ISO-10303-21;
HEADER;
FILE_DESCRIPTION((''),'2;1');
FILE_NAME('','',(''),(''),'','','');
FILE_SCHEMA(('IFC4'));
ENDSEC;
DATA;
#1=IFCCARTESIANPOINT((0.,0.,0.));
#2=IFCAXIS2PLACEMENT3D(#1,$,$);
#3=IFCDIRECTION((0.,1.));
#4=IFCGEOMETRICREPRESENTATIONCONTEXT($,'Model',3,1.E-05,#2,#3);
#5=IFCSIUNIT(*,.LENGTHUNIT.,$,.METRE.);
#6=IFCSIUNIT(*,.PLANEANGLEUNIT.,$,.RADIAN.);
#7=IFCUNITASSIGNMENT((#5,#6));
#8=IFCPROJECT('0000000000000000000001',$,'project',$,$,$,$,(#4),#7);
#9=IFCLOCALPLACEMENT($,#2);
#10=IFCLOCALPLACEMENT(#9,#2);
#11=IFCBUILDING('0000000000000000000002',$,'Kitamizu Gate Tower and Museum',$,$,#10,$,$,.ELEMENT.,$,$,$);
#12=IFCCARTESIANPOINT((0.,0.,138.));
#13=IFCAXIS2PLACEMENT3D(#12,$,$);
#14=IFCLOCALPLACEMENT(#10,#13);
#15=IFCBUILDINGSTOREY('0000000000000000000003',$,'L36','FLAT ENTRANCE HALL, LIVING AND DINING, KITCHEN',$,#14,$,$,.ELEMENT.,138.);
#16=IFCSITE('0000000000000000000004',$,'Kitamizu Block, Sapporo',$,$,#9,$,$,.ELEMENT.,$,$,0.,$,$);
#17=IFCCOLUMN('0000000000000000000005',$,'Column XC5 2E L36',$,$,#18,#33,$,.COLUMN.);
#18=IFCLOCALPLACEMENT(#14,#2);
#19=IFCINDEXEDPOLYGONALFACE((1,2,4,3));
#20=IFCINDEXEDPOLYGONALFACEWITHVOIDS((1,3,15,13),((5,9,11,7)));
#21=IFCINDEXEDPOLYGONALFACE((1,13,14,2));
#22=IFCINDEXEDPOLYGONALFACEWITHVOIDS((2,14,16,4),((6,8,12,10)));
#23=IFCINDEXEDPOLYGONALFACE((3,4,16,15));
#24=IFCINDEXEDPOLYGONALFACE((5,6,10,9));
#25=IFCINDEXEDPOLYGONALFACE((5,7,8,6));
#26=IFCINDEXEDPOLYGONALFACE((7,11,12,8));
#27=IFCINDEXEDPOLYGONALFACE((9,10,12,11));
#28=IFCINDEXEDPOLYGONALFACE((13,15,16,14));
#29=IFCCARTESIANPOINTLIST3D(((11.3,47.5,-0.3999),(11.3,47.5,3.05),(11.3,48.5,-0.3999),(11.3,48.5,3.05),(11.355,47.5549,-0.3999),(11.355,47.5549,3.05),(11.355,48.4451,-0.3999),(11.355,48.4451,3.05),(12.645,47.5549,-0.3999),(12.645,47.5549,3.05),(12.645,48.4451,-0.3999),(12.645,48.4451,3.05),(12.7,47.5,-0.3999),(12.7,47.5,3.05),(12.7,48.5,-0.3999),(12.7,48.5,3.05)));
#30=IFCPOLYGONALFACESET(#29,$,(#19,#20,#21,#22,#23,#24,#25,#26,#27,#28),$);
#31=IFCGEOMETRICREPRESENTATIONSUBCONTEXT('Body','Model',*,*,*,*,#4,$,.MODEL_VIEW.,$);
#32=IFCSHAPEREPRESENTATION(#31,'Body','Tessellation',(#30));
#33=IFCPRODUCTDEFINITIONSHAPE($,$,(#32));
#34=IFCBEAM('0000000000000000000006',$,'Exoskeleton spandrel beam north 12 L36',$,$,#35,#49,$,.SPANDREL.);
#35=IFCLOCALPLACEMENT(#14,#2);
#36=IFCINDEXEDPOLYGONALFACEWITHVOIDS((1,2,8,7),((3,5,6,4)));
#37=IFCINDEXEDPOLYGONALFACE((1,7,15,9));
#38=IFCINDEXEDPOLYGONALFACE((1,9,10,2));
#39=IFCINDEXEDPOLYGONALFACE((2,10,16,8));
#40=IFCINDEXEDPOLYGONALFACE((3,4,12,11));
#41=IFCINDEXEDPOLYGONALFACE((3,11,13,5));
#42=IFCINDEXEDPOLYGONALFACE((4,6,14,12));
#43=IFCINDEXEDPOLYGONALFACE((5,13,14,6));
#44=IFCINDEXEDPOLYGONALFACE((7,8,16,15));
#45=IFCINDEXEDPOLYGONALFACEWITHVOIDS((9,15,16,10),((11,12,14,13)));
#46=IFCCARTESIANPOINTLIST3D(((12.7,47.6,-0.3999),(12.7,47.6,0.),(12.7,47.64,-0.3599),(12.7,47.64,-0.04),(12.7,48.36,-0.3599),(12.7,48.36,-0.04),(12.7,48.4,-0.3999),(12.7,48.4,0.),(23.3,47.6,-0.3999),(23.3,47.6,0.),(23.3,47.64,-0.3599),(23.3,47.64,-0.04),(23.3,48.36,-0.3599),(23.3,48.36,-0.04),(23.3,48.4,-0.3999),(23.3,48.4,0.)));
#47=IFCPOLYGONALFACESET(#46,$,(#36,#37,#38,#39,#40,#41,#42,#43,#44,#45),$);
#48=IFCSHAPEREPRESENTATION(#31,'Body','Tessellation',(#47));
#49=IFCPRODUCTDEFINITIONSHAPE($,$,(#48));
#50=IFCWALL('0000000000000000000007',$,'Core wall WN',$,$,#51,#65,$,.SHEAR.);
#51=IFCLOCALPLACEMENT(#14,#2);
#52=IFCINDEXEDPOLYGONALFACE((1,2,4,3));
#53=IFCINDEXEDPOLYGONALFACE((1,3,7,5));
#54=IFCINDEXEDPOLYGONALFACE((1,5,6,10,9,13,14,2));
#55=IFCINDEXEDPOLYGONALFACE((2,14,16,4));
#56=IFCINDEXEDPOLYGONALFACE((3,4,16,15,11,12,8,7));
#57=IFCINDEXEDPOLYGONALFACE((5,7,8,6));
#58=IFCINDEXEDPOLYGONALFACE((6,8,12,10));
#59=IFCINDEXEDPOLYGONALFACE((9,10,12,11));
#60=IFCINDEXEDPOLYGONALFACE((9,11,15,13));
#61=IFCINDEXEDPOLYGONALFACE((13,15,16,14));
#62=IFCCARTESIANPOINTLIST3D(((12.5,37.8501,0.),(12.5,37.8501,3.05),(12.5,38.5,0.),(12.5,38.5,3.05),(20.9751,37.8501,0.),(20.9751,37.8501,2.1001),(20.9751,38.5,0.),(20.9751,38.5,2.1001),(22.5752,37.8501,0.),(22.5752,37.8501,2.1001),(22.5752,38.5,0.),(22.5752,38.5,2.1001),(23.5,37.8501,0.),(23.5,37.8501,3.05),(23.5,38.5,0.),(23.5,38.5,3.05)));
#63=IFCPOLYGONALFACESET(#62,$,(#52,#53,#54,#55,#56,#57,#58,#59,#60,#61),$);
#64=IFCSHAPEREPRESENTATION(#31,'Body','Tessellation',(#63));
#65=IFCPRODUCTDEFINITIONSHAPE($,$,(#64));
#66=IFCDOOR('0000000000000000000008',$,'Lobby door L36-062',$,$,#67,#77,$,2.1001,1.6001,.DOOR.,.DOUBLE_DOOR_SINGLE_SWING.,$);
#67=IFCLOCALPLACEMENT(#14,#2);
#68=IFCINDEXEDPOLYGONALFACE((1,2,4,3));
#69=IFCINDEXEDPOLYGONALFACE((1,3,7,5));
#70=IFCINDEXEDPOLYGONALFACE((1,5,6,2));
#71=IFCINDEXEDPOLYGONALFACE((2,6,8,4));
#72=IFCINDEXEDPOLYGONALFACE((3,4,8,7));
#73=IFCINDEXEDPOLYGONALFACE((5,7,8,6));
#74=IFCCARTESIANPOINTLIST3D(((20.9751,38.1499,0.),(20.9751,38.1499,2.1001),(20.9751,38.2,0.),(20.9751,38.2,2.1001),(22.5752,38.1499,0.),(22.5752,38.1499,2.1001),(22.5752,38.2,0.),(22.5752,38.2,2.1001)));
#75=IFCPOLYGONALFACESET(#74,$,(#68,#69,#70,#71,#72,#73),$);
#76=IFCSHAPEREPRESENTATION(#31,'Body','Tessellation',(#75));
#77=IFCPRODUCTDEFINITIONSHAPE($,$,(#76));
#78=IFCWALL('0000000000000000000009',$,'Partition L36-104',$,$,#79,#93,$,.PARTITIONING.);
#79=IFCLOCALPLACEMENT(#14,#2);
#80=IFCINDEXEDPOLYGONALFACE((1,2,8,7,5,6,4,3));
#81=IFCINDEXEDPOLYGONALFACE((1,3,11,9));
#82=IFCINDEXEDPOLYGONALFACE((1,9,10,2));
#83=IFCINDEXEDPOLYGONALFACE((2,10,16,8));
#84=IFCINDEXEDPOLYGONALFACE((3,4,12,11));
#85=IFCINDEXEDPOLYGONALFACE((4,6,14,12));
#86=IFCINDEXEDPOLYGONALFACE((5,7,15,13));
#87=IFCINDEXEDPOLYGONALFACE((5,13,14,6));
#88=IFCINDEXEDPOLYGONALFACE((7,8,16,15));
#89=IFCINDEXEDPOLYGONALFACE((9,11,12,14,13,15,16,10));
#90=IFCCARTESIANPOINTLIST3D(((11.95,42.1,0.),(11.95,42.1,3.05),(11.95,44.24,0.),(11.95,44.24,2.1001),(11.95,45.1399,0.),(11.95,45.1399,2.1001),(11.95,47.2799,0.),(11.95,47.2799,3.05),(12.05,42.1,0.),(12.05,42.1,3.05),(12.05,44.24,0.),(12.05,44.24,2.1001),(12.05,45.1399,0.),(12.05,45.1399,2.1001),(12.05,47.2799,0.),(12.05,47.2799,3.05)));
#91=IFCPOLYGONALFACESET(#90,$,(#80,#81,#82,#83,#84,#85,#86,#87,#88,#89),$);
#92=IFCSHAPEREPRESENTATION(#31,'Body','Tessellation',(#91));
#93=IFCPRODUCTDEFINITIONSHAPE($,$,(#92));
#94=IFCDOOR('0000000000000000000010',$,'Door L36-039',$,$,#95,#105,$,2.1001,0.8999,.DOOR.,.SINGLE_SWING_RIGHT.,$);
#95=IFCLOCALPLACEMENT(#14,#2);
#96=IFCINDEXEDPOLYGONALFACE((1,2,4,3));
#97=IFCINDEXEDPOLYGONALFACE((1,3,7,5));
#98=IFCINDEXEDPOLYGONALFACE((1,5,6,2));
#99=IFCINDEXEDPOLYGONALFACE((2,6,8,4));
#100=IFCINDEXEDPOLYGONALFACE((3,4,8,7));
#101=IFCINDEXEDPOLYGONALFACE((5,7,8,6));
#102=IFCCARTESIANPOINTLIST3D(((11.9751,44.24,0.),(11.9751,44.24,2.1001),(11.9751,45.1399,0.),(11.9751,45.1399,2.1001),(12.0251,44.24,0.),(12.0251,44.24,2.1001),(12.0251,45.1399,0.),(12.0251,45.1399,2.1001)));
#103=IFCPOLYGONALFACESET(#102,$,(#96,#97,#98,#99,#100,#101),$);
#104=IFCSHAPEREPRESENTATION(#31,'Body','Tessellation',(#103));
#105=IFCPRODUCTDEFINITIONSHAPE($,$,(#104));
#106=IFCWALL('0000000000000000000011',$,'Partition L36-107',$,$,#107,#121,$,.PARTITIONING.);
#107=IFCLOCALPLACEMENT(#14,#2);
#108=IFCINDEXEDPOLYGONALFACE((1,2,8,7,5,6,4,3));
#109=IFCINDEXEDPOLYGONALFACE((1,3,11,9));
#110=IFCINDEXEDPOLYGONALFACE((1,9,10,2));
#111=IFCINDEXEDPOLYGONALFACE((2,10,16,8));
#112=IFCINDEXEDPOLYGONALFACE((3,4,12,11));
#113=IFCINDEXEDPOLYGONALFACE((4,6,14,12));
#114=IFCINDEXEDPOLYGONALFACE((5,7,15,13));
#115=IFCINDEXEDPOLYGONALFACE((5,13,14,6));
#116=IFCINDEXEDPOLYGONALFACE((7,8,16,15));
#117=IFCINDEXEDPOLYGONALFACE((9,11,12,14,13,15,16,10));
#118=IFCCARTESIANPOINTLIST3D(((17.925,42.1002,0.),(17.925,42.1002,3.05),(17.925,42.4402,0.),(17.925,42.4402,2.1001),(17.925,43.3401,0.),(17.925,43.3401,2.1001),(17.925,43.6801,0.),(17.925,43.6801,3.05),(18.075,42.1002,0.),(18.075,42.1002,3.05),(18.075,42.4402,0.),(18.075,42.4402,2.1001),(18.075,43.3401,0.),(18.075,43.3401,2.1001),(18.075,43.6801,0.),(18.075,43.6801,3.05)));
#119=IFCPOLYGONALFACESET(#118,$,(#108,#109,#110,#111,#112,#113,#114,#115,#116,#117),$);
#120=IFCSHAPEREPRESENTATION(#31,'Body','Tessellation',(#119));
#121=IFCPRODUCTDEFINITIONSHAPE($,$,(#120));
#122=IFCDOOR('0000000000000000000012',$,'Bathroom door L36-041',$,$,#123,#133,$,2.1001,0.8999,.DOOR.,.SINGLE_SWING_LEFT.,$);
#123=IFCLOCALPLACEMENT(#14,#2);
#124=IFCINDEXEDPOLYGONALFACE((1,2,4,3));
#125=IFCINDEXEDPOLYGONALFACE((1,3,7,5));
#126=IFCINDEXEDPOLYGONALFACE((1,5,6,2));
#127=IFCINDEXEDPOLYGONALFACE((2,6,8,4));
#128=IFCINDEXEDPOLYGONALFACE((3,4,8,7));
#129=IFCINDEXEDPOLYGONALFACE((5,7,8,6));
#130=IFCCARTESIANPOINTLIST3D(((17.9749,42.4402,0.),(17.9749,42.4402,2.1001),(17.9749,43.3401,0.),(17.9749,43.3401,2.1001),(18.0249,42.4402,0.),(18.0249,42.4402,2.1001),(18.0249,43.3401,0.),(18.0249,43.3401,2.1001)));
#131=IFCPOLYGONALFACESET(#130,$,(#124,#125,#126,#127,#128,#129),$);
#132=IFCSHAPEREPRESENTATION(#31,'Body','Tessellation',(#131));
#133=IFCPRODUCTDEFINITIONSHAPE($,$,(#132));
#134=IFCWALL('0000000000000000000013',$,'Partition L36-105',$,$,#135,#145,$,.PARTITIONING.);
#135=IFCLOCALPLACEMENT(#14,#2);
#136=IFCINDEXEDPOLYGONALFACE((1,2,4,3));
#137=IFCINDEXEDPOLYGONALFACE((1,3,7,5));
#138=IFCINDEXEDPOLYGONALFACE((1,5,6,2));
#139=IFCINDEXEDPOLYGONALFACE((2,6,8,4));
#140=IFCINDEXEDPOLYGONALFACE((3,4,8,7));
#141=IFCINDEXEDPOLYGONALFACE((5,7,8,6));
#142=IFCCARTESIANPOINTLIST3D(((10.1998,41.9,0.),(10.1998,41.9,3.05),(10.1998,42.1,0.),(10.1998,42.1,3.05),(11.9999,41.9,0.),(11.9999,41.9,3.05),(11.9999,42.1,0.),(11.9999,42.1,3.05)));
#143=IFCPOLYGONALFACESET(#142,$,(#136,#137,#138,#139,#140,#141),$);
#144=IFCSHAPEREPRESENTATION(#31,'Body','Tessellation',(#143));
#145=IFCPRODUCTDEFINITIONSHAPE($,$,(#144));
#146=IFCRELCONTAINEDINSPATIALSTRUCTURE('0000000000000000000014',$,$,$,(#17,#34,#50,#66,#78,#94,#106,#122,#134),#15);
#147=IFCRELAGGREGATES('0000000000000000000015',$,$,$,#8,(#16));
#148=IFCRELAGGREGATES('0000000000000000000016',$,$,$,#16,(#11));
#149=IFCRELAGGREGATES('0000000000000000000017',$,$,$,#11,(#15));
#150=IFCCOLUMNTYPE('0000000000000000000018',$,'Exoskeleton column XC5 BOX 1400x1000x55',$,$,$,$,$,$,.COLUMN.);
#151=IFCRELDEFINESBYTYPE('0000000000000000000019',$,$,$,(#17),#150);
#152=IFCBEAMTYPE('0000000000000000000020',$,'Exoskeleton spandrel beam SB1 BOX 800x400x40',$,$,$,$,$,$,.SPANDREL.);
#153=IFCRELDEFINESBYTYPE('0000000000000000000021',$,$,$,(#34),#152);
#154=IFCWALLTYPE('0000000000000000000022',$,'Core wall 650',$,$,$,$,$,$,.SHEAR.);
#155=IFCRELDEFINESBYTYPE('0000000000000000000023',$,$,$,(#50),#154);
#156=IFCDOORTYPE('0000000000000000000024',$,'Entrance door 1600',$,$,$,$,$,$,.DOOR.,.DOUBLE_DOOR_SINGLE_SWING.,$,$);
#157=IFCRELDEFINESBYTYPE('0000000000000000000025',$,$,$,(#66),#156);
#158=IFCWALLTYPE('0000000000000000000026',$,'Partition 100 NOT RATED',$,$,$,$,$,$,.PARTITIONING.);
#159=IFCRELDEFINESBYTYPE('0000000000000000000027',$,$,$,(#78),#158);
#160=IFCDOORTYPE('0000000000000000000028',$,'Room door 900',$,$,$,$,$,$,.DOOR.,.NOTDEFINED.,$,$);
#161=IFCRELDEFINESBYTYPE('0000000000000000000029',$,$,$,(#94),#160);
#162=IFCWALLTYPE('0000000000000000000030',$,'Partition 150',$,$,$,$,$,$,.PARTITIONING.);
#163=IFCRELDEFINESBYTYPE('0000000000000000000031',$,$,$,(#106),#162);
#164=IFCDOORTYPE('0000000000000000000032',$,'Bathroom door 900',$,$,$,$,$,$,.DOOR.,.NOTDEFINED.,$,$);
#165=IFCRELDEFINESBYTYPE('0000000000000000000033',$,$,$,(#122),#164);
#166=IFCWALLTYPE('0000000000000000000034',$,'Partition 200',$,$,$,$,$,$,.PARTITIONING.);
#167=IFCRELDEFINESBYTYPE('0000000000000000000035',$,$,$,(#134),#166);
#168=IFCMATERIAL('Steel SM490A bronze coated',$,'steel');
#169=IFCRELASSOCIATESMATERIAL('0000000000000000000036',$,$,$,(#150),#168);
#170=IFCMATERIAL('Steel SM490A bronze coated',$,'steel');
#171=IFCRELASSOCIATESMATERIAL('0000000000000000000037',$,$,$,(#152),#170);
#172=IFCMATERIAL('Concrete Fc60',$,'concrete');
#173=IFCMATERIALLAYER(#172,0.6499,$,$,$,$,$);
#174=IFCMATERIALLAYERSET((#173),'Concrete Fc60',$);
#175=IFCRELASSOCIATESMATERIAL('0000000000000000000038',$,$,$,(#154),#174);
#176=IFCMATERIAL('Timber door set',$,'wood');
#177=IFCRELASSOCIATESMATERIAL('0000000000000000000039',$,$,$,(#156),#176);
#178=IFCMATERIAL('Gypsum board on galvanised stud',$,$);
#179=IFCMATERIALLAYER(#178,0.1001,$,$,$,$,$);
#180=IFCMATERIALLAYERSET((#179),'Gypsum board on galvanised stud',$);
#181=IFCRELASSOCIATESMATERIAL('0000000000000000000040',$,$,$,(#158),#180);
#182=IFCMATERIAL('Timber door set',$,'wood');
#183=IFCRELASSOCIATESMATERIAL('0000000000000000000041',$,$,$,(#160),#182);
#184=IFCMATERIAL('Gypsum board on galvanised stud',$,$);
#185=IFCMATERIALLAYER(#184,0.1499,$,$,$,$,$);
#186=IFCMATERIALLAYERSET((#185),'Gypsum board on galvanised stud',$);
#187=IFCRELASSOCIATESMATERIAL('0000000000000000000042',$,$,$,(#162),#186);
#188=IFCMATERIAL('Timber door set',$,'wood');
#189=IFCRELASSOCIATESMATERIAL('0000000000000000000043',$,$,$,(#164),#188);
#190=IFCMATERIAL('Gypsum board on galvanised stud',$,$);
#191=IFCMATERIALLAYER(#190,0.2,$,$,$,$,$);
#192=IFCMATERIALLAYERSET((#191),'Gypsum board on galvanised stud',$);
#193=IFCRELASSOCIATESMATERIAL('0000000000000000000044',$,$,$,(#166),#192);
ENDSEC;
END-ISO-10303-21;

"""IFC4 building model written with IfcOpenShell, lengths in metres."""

from ifc_helpers import new_model, si_unit, direction, frame, frame_2d, origin, origin_2d, place, context, subcontext, project, spatial, rectangle, hollow_rectangle, extrude, material, layer, layer_set, material_profile, profile_set, type_object, element, fill, save


model = new_model("IFC4")

# Units and contexts
model_context = context("Model", 3, precision=1e-05, world=origin(), true_north=direction((0.0, 1.0)))
body_context = subcontext(model_context, "Body", "Model", "MODEL_VIEW")
ifc_project = project(units=[si_unit("LENGTHUNIT", "METRE"), si_unit("PLANEANGLEUNIT", "RADIAN")], contexts=[model_context])

# Site, building, storey
site_placement = place(None, origin())
site = spatial("IfcSite", under=ifc_project, at=site_placement, Name="Kitamizu Block, Sapporo", CompositionType="ELEMENT", RefElevation=0.0)
building_placement = place(site_placement, origin())
building = spatial("IfcBuilding", under=site, at=building_placement, Name="Kitamizu Gate Tower and Museum", CompositionType="ELEMENT")
storey_placement = place(building_placement, frame((0.0, 0.0, 138.0)))
storey = spatial("IfcBuildingStorey", under=building, at=storey_placement, Name="L36", Description="FLAT ENTRANCE HALL, LIVING AND DINING, KITCHEN", CompositionType="ELEMENT", Elevation=138.0)

# Column
ifc_material_1 = material(Name="Steel SM490A bronze coated", Category="steel")
ifc_material_profile_1 = material_profile(ifc_material_1, hollow_rectangle(XDim=1.3999, YDim=1.0, WallThickness=0.0549, at=origin_2d()), Name="BOX 1400x1000x55")
ifc_profile_set_1 = profile_set([ifc_material_profile_1], Name="Steel SM490A bronze coated")
column_type = type_object("IfcColumnType", Name="Exoskeleton column XC5 BOX 1400x1000x55", PredefinedType="COLUMN", material=ifc_profile_set_1)
column_placement = place(storey_placement, frame((12.0, 48.0, -0.3999), z_axis=(0.0, 0.0, 1.0), x_axis=(1.0, 0.0, 0.0)))
element("IfcColumn", 1, at=column_placement, inside=storey, type_object=column_type, Name="Column XC5 2E L36", PredefinedType="COLUMN", context=body_context, shape_type="SweptSolid", body=[
    extrude(hollow_rectangle(XDim=1.3999, YDim=1.0, WallThickness=0.0549, at=origin_2d()), origin(), (0.0, 0.0, 1.0), 3.45),
])

# Beam
ifc_material_2 = material(Name="Steel SM490A bronze coated", Category="steel")
ifc_material_profile_2 = material_profile(ifc_material_2, hollow_rectangle(XDim=0.8, YDim=0.3999, WallThickness=0.04, at=origin_2d()), Name="BOX 800x400x40")
ifc_profile_set_2 = profile_set([ifc_material_profile_2], Name="Steel SM490A bronze coated")
beam_type = type_object("IfcBeamType", Name="Exoskeleton spandrel beam SB1 BOX 800x400x40", PredefinedType="SPANDREL", material=ifc_profile_set_2)
beam_placement = place(storey_placement, frame((12.7, 48.0, -0.2), z_axis=(1.0, 0.0, 0.0), x_axis=(0.0, 1.0, 0.0)))
element("IfcBeam", 2, at=beam_placement, inside=storey, type_object=beam_type, Name="Exoskeleton spandrel beam north 12 L36", PredefinedType="SPANDREL", context=body_context, shape_type="SweptSolid", body=[
    extrude(hollow_rectangle(XDim=0.8, YDim=0.3999, WallThickness=0.04, at=origin_2d()), origin(), (0.0, 0.0, 1.0), 10.6001),
])

# Walls, openings, doors
ifc_material_3 = material(Name="Concrete Fc60", Category="concrete")
ifc_layer_1 = layer(ifc_material_3, 0.6499)
ifc_layer_set_1 = layer_set([ifc_layer_1], Name="Concrete Fc60")
wall_type_1 = type_object("IfcWallType", Name="Core wall 650", PredefinedType="SHEAR", material=ifc_layer_set_1)
wall_1_placement = place(storey_placement, frame((12.5, 38.175, 0.0), z_axis=(0.0, 0.0, 1.0), x_axis=(1.0, 0.0, 0.0)))
wall_1 = element("IfcWall", 3, at=wall_1_placement, inside=storey, type_object=wall_type_1, Name="Core wall WN", PredefinedType="SHEAR", context=body_context, shape_type="SweptSolid", body=[
    extrude(rectangle(XDim=11.0, YDim=0.6499, at=frame_2d((5.5, 0.0))), origin(), (0.0, 0.0, 1.0), 3.05),
])
opening_1_placement = place(wall_1_placement, frame((8.4751, 0.0, 0.0)))
opening_1 = element("IfcOpeningElement", 4, at=opening_1_placement, cuts=wall_1, PredefinedType="OPENING", context=body_context, shape_type="SweptSolid", body=[
    extrude(rectangle(XDim=1.6001, YDim=2.1001, at=frame_2d((0.8, 1.05))), frame((0.0, 0.335, 0.0), z_axis=(0.0, -1.0, 0.0), x_axis=(1.0, 0.0, 0.0)), (0.0, 0.0, 1.0), 0.6699),
])
ifc_material_4 = material(Name="Timber door set", Category="wood")
door_type_1 = type_object("IfcDoorType", Name="Entrance door 1600", OperationType="DOUBLE_DOOR_SINGLE_SWING", PredefinedType="DOOR", material=ifc_material_4)
door_1_placement = place(opening_1_placement, origin())
door_1 = element("IfcDoor", 5, at=door_1_placement, inside=storey, type_object=door_type_1, Name="Lobby door L36-062", OperationType="DOUBLE_DOOR_SINGLE_SWING", OverallHeight=2.1001, OverallWidth=1.6001, PredefinedType="DOOR", context=body_context, shape_type="SweptSolid", body=[
    extrude(rectangle(XDim=1.6001, YDim=2.1001, at=frame_2d((0.8, 1.05))), frame((0.0, 0.0249, 0.0), z_axis=(0.0, -1.0, 0.0), x_axis=(1.0, 0.0, 0.0)), (0.0, 0.0, 1.0), 0.05),
])
fill(opening_1, door_1)
ifc_material_5 = material(Name="Gypsum board on galvanised stud")
ifc_layer_2 = layer(ifc_material_5, 0.1001)
ifc_layer_set_2 = layer_set([ifc_layer_2], Name="Gypsum board on galvanised stud")
wall_type_2 = type_object("IfcWallType", Name="Partition 100 NOT RATED", PredefinedType="PARTITIONING", material=ifc_layer_set_2)
wall_2_placement = place(storey_placement, frame((12.0, 42.1001, 0.0), z_axis=(0.0, 0.0, 1.0), x_axis=(0.0, 1.0, 0.0)))
wall_2 = element("IfcWall", 6, at=wall_2_placement, inside=storey, type_object=wall_type_2, Name="Partition L36-104", PredefinedType="PARTITIONING", context=body_context, shape_type="SweptSolid", body=[
    extrude(rectangle(XDim=5.1799, YDim=0.1001, at=frame_2d((2.5898, 0.0))), origin(), (0.0, 0.0, 1.0), 3.05),
])
opening_2_placement = place(wall_2_placement, frame((2.1399, 0.0, 0.0)))
opening_2 = element("IfcOpeningElement", 7, at=opening_2_placement, cuts=wall_2, PredefinedType="OPENING", context=body_context, shape_type="SweptSolid", body=[
    extrude(rectangle(XDim=0.8999, YDim=2.1001, at=frame_2d((0.45, 1.05))), frame((0.0, 0.0601, 0.0), z_axis=(0.0, -1.0, 0.0), x_axis=(1.0, 0.0, 0.0)), (0.0, 0.0, 1.0), 0.1201),
])
ifc_material_6 = material(Name="Timber door set", Category="wood")
door_type_2 = type_object("IfcDoorType", Name="Room door 900", OperationType="NOTDEFINED", PredefinedType="DOOR", material=ifc_material_6)
door_2_placement = place(opening_2_placement, origin())
door_2 = element("IfcDoor", 8, at=door_2_placement, inside=storey, type_object=door_type_2, Name="Door L36-039", OperationType="SINGLE_SWING_RIGHT", OverallHeight=2.1001, OverallWidth=0.8999, PredefinedType="DOOR", context=body_context, shape_type="SweptSolid", body=[
    extrude(rectangle(XDim=0.8999, YDim=2.1001, at=frame_2d((0.45, 1.05))), frame((0.0, 0.0249, 0.0), z_axis=(0.0, -1.0, 0.0), x_axis=(1.0, 0.0, 0.0)), (0.0, 0.0, 1.0), 0.05),
])
fill(opening_2, door_2)
ifc_material_7 = material(Name="Gypsum board on galvanised stud")
ifc_layer_3 = layer(ifc_material_7, 0.1499)
ifc_layer_set_3 = layer_set([ifc_layer_3], Name="Gypsum board on galvanised stud")
wall_type_3 = type_object("IfcWallType", Name="Partition 150", PredefinedType="PARTITIONING", material=ifc_layer_set_3)
wall_3_placement = place(storey_placement, frame((18.0, 42.1001, 0.0), z_axis=(0.0, 0.0, 1.0), x_axis=(0.0, 1.0, 0.0)))
wall_3 = element("IfcWall", 9, at=wall_3_placement, inside=storey, type_object=wall_type_3, Name="Partition L36-107", PredefinedType="PARTITIONING", context=body_context, shape_type="SweptSolid", body=[
    extrude(rectangle(XDim=1.5798, YDim=0.1499, at=frame_2d((0.79, 0.0))), origin(), (0.0, 0.0, 1.0), 3.05),
])
opening_3_placement = place(wall_3_placement, frame((0.3401, 0.0, 0.0)))
opening_3 = element("IfcOpeningElement", 10, at=opening_3_placement, cuts=wall_3, PredefinedType="OPENING", context=body_context, shape_type="SweptSolid", body=[
    extrude(rectangle(XDim=0.8999, YDim=2.1001, at=frame_2d((0.45, 1.05))), frame((0.0, 0.085, 0.0), z_axis=(0.0, -1.0, 0.0), x_axis=(1.0, 0.0, 0.0)), (0.0, 0.0, 1.0), 0.1699),
])
ifc_material_8 = material(Name="Timber door set", Category="wood")
door_type_3 = type_object("IfcDoorType", Name="Bathroom door 900", OperationType="NOTDEFINED", PredefinedType="DOOR", material=ifc_material_8)
door_3_placement = place(opening_3_placement, frame((0.8999, 0.0, 0.0), x_axis=(-1.0, 0.0, 0.0)))
door_3 = element("IfcDoor", 11, at=door_3_placement, inside=storey, type_object=door_type_3, Name="Bathroom door L36-041", OperationType="SINGLE_SWING_LEFT", OverallHeight=2.1001, OverallWidth=0.8999, PredefinedType="DOOR", context=body_context, shape_type="SweptSolid", body=[
    extrude(rectangle(XDim=0.8999, YDim=2.1001, at=frame_2d((0.45, 1.05))), frame((0.0, 0.0249, 0.0), z_axis=(0.0, -1.0, 0.0), x_axis=(1.0, 0.0, 0.0)), (0.0, 0.0, 1.0), 0.05),
])
fill(opening_3, door_3)

# Wall
ifc_material_9 = material(Name="Gypsum board on galvanised stud")
ifc_layer_4 = layer(ifc_material_9, 0.2)
ifc_layer_set_4 = layer_set([ifc_layer_4], Name="Gypsum board on galvanised stud")
wall_type_4 = type_object("IfcWallType", Name="Partition 200", PredefinedType="PARTITIONING", material=ifc_layer_set_4)
wall_4_placement = place(storey_placement, frame((10.2, 42.0, 0.0), z_axis=(0.0, 0.0, 1.0), x_axis=(1.0, 0.0, 0.0)))
element("IfcWall", 12, at=wall_4_placement, inside=storey, type_object=wall_type_4, Name="Partition L36-105", PredefinedType="PARTITIONING", context=body_context, shape_type="SweptSolid", body=[
    extrude(rectangle(XDim=1.8, YDim=0.2, at=frame_2d((0.8999, 0.0))), origin(), (0.0, 0.0, 1.0), 3.05),
])

save(model, "model.ifc")
